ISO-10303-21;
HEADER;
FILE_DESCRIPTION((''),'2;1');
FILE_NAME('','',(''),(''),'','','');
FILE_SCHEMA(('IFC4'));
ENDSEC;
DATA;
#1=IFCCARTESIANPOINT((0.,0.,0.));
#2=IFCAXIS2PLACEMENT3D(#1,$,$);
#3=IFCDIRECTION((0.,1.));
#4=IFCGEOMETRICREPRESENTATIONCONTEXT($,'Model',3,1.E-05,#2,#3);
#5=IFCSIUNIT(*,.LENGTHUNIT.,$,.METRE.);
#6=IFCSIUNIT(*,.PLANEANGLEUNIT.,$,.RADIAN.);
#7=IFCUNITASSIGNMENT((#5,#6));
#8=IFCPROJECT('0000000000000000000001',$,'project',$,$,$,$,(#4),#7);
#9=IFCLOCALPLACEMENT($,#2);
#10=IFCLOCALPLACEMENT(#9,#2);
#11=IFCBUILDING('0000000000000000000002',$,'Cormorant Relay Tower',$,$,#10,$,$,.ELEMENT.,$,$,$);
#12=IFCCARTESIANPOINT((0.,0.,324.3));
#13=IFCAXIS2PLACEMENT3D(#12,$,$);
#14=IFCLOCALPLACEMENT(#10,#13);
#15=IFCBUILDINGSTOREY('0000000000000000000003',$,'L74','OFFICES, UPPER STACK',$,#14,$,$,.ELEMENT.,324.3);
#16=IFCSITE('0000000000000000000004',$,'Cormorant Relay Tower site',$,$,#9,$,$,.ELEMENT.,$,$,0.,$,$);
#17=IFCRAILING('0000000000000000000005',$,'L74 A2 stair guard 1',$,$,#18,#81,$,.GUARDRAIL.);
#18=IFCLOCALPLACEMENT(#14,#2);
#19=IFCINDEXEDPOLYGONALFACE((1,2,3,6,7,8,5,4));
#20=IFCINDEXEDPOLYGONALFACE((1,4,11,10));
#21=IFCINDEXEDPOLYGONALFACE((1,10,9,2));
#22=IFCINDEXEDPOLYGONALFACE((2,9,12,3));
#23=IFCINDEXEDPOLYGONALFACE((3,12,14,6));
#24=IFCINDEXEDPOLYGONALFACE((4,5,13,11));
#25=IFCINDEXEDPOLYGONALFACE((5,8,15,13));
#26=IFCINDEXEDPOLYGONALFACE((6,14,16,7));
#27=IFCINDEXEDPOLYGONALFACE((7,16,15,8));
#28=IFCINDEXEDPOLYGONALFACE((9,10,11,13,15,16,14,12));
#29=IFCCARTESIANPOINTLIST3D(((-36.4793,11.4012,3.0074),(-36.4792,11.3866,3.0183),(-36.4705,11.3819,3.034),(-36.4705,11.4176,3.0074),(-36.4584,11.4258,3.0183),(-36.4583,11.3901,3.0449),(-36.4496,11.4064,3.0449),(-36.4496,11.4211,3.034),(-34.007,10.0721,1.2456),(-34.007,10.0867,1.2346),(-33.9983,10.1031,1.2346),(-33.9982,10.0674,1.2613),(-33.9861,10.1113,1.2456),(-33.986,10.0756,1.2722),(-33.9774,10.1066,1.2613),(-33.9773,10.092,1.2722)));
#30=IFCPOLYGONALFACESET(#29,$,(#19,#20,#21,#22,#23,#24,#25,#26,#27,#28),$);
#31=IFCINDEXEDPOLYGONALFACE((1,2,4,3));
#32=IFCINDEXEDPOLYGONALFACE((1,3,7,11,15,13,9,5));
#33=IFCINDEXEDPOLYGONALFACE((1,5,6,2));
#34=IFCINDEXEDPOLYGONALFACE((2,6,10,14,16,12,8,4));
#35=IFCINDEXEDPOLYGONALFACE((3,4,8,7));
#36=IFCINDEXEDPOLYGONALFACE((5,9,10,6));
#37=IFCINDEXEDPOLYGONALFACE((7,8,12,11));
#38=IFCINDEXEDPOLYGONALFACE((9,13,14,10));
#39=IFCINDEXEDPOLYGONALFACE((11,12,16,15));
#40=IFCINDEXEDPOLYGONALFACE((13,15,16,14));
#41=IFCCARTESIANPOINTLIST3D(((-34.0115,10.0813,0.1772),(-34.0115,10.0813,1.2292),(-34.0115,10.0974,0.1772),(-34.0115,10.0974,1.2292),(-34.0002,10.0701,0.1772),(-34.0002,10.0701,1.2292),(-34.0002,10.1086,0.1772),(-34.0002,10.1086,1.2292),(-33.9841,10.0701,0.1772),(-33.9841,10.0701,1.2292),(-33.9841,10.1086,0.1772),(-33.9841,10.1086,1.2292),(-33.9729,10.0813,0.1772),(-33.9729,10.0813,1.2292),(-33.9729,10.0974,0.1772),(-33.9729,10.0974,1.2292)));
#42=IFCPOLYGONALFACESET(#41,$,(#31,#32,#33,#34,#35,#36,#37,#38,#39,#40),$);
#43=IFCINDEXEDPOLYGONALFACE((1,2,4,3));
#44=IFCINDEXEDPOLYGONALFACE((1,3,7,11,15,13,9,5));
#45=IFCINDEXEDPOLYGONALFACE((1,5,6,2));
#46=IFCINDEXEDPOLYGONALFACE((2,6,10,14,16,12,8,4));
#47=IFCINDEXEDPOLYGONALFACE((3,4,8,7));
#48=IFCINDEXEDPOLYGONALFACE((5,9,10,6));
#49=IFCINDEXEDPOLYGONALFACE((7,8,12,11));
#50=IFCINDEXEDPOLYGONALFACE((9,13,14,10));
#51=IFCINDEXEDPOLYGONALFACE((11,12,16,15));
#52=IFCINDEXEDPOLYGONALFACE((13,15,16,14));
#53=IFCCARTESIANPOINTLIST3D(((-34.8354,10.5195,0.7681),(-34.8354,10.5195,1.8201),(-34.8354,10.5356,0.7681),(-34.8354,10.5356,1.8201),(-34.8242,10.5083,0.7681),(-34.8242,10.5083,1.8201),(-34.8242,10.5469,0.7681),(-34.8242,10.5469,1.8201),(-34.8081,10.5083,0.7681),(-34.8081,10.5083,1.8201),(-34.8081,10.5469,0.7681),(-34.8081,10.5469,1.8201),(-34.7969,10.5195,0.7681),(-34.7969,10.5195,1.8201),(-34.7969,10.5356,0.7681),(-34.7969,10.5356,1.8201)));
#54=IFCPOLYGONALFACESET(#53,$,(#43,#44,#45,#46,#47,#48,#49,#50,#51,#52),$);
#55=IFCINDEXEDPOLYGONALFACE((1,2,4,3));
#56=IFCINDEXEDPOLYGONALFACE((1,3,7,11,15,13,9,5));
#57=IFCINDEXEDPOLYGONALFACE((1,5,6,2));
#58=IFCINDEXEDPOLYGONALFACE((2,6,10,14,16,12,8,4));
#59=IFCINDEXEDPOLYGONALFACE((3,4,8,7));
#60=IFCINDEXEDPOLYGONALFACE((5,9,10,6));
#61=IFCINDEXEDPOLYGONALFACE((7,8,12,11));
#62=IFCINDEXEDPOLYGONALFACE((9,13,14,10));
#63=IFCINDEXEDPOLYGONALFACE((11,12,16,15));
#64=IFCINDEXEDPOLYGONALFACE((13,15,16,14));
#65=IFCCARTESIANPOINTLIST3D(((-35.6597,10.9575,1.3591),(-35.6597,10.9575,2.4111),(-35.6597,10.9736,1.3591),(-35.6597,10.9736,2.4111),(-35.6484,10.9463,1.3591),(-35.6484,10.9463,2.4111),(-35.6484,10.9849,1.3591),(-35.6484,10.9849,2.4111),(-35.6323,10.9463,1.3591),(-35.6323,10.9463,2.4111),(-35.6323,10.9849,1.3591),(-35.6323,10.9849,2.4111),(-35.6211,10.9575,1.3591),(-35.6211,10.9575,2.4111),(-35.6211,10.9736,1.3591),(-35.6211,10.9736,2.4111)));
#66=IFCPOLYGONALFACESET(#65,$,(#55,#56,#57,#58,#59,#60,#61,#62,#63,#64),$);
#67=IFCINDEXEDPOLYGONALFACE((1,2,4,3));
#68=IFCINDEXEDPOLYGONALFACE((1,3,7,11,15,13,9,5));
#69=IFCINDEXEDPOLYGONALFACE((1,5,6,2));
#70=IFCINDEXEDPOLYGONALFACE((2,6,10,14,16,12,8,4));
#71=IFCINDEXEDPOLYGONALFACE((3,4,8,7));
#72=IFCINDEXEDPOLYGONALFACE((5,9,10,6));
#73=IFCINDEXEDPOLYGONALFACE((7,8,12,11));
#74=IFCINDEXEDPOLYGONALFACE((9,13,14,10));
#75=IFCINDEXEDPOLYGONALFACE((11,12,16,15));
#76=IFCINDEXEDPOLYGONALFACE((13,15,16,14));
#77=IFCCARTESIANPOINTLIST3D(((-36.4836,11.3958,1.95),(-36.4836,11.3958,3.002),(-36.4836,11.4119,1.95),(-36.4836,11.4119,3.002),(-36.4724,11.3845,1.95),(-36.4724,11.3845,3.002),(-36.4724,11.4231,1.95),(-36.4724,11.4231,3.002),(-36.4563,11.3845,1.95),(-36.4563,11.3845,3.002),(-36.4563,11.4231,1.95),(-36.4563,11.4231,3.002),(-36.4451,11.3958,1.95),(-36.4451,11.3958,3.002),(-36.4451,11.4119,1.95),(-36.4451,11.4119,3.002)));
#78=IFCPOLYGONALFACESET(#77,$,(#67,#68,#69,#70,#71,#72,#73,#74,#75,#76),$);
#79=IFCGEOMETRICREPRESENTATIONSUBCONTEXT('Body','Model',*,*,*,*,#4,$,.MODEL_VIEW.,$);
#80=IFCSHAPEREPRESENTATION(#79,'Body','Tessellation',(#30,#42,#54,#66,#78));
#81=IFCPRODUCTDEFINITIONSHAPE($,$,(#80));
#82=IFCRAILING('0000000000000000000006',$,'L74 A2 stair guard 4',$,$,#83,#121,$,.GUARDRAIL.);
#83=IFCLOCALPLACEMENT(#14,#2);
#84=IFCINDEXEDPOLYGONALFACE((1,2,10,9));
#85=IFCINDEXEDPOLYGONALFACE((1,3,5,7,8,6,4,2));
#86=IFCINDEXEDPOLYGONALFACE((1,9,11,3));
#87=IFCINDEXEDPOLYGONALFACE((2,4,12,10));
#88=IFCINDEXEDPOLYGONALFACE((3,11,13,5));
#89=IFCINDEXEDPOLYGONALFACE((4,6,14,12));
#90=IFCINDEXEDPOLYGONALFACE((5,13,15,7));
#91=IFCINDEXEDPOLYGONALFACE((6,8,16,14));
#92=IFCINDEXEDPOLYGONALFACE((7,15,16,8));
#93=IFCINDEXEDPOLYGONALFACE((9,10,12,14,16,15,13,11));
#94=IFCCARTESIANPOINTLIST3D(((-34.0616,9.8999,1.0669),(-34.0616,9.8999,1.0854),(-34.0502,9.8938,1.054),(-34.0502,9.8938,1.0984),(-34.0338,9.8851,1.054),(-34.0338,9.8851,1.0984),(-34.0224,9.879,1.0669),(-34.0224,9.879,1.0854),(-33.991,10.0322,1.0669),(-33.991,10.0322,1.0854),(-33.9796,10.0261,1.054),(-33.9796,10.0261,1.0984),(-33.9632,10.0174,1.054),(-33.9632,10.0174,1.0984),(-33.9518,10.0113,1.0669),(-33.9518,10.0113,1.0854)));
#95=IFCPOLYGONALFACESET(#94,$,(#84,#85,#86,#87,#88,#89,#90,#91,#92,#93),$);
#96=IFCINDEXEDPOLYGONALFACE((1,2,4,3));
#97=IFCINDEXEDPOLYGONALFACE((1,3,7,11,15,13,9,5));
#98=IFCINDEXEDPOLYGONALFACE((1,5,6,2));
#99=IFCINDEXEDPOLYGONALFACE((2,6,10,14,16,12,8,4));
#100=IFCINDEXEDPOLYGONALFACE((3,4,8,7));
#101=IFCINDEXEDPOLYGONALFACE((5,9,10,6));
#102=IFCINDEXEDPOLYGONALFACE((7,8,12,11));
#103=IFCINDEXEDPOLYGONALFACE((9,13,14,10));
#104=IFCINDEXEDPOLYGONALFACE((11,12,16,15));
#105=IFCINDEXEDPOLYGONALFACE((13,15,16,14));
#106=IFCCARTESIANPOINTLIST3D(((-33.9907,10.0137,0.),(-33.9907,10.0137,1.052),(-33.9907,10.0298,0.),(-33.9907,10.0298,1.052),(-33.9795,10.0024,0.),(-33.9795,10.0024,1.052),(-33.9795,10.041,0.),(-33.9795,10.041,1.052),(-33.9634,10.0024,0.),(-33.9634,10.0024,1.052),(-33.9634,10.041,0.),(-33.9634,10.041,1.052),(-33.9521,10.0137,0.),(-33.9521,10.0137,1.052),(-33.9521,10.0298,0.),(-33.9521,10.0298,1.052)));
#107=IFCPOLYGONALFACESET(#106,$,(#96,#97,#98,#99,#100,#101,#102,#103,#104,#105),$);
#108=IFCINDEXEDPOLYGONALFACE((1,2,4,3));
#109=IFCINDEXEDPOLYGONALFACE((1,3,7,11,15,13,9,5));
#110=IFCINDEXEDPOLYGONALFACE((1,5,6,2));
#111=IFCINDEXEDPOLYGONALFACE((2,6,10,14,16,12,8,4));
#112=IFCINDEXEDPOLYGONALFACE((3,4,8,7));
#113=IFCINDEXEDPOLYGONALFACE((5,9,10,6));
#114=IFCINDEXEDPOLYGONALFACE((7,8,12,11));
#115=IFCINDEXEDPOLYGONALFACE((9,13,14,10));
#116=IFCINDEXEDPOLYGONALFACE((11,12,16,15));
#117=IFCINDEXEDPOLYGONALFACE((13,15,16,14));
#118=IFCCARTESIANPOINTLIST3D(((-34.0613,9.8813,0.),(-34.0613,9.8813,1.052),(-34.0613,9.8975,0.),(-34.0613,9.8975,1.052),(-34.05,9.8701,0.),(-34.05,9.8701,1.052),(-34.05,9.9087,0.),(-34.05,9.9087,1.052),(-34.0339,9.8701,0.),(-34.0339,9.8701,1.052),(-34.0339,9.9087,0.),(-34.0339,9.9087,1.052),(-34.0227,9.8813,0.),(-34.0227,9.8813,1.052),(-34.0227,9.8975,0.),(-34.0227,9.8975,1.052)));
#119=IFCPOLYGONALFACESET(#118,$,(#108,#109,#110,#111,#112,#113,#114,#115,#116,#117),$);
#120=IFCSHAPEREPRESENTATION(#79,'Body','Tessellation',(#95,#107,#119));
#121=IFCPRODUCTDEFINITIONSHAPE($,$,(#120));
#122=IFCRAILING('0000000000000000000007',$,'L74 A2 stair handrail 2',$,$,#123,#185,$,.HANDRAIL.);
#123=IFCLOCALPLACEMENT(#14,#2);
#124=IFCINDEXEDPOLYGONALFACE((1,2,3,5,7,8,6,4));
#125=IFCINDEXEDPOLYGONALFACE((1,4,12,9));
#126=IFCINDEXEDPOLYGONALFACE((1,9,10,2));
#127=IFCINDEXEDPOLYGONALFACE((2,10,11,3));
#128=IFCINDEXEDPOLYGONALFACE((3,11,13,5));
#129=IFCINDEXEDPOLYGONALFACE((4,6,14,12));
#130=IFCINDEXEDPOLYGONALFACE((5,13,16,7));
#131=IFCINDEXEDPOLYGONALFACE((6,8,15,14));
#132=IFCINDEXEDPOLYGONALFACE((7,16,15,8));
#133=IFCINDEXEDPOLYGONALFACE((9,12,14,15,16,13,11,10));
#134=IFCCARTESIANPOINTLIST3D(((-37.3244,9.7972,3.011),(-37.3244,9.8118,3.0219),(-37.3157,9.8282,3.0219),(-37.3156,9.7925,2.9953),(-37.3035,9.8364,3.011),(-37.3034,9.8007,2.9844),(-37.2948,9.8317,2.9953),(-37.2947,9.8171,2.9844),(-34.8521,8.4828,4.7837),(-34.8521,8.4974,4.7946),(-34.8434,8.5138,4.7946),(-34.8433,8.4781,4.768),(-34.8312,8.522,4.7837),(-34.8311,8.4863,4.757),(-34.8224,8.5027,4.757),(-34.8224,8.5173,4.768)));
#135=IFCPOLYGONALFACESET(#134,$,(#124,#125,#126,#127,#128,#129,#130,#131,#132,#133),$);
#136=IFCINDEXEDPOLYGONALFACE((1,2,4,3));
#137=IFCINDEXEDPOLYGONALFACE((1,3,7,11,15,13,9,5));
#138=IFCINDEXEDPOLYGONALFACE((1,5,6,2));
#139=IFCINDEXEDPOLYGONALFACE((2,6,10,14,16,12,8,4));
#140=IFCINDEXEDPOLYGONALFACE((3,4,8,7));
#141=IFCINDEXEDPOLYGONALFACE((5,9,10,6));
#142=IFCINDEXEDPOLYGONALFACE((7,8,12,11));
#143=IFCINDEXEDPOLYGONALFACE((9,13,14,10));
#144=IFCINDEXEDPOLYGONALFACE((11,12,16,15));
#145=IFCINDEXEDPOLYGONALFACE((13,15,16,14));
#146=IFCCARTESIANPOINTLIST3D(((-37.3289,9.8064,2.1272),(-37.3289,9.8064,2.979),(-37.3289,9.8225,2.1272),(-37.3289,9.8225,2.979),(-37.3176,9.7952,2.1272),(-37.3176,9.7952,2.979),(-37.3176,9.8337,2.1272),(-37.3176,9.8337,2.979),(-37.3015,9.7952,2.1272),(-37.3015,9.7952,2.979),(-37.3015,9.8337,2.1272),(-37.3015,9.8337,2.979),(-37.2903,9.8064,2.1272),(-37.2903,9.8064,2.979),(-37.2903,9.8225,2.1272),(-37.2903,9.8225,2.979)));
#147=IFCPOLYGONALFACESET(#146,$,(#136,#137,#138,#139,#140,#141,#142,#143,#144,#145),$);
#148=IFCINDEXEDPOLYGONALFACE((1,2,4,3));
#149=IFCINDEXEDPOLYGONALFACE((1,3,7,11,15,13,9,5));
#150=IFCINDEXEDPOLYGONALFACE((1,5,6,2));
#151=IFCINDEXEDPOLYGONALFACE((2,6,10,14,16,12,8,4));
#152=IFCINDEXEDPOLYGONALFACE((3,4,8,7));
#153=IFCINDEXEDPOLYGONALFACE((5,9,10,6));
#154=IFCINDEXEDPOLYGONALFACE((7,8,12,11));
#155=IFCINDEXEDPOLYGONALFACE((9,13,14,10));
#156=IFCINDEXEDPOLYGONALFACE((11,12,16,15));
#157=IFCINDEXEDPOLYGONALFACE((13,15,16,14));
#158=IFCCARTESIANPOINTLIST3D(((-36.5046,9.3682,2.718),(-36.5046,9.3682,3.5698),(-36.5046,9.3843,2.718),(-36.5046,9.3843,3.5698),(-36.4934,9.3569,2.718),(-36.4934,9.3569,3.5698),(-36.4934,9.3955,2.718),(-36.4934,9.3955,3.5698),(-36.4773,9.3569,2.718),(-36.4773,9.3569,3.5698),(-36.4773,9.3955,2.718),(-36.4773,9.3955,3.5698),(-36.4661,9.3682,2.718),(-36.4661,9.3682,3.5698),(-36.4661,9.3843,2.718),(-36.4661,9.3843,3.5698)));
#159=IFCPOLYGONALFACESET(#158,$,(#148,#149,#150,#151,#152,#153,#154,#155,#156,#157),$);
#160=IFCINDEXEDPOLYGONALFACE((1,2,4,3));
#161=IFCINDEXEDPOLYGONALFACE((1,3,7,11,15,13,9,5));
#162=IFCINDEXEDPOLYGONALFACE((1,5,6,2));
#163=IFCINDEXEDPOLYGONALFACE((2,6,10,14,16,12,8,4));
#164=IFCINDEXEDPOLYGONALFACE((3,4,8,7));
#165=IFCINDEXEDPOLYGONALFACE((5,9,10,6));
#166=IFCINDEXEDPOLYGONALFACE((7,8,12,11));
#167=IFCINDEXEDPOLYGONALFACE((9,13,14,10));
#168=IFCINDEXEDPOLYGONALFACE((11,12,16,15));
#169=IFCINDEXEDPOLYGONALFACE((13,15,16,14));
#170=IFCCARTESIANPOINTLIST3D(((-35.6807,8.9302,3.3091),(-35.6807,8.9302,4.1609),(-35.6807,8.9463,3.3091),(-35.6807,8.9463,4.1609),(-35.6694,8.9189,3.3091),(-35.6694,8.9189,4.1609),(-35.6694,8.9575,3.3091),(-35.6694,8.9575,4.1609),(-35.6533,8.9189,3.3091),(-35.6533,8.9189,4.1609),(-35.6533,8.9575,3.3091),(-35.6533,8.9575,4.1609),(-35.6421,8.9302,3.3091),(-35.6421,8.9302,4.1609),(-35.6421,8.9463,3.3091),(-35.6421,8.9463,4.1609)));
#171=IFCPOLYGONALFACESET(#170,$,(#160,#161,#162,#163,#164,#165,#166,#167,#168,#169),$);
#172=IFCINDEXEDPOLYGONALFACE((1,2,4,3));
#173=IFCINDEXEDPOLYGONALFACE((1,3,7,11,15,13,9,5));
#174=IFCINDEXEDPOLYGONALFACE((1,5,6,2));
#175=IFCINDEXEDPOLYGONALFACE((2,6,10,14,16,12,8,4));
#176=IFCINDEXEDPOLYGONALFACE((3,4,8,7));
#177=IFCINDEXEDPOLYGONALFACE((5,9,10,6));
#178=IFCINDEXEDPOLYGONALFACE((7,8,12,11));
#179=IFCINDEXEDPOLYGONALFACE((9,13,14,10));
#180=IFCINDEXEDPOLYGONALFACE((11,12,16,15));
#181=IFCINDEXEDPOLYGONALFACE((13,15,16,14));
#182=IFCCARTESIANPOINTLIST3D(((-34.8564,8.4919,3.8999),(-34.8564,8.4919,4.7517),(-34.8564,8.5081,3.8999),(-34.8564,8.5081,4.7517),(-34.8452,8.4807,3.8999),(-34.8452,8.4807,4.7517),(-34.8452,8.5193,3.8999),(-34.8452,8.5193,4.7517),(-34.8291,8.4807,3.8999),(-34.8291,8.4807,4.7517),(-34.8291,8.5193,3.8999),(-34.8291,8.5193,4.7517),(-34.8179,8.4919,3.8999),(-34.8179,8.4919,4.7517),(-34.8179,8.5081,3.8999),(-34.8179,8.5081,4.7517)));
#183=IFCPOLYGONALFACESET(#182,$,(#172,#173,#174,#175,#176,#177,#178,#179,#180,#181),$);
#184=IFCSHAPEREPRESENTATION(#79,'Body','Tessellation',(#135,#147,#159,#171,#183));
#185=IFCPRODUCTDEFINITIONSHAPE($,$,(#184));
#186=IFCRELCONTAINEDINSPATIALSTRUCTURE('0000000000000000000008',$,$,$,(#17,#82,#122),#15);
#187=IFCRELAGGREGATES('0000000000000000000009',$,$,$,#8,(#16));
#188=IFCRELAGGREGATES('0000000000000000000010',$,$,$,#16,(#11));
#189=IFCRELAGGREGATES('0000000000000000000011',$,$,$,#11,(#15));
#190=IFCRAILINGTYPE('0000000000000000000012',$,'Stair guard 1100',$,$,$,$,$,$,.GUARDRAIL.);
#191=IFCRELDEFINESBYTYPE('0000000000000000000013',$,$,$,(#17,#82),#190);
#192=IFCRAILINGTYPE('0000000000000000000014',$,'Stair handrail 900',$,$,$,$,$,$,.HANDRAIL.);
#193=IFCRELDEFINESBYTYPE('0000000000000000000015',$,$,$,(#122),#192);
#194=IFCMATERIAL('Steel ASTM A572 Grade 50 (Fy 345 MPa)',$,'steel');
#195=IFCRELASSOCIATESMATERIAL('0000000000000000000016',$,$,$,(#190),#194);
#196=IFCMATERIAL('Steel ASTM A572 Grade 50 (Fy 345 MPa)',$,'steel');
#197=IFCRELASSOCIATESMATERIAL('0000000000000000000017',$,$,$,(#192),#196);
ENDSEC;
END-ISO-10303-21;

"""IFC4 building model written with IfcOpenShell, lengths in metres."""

from ifc_helpers import new_model, si_unit, direction, frame, origin, place, context, subcontext, project, spatial, polyline, outline, extrude, material, type_object, element, save


model = new_model("IFC4")

# Units and contexts
model_context = context("Model", 3, precision=1e-05, world=origin(), true_north=direction((0.0, 1.0)))
body_context = subcontext(model_context, "Body", "Model", "MODEL_VIEW")
ifc_project = project(units=[si_unit("LENGTHUNIT", "METRE"), si_unit("PLANEANGLEUNIT", "RADIAN")], contexts=[model_context])

# Site, building, storey
site_placement = place(None, origin())
site = spatial("IfcSite", under=ifc_project, at=site_placement, Name="Cormorant Relay Tower site", CompositionType="ELEMENT", RefElevation=0.0)
building_placement = place(site_placement, origin())
building = spatial("IfcBuilding", under=site, at=building_placement, Name="Cormorant Relay Tower", CompositionType="ELEMENT")
storey_placement = place(building_placement, frame((0.0, 0.0, 324.3)))
storey = spatial("IfcBuildingStorey", under=building, at=storey_placement, Name="L74", Description="OFFICES, UPPER STACK", CompositionType="ELEMENT", Elevation=324.3)

# Railings
ifc_material_1 = material(Name="Steel ASTM A572 Grade 50 (Fy 345 MPa)", Category="steel")
railing_type_1 = type_object("IfcRailingType", Name="Stair guard 1100", PredefinedType="GUARDRAIL", material=ifc_material_1)
railing_1_placement = place(storey_placement, frame((-33.9922, 10.0894, 0.1772)))
element("IfcRailing", 1, at=railing_1_placement, inside=storey, type_object=railing_type_1, Name="L74 A2 stair guard 1", PredefinedType="GUARDRAIL", context=body_context, shape_type="SweptSolid", body=[
    extrude(outline(polyline([(0.0222, 0.0093), (0.0093, 0.0222), (-0.0093, 0.0222), (-0.0222, 0.0093), (-0.0222, -0.0093), (-0.0093, -0.0222), (0.0093, -0.0222), (0.0222, -0.0093), (0.0222, 0.0093)])), frame((0.0, 0.0, 1.0762), z_axis=(-0.746001, 0.396649, 0.534931), x_axis=(-0.469465, -0.882951, 0.0)), (0.0, 0.0, 1.0), 3.314),
    extrude(outline(polyline([(0.0193, 0.0081), (0.0081, 0.0193), (-0.0081, 0.0193), (-0.0193, 0.0081), (-0.0193, -0.0081), (-0.0081, -0.0193), (0.0081, -0.0193), (0.0193, -0.0081), (0.0193, 0.0081)])), origin(), (0.0, 0.0, 1.0), 1.052),
    extrude(outline(polyline([(0.0193, 0.0081), (0.0081, 0.0193), (-0.0081, 0.0193), (-0.0193, 0.0081), (-0.0193, -0.0081), (-0.0081, -0.0193), (0.0081, -0.0193), (0.0193, -0.0081), (0.0193, 0.0081)])), frame((-0.824, 0.4382, 0.5908)), (0.0, 0.0, 1.0), 1.052),
    extrude(outline(polyline([(0.0193, 0.0081), (0.0081, 0.0193), (-0.0081, 0.0193), (-0.0193, 0.0081), (-0.0193, -0.0081), (-0.0081, -0.0193), (0.0081, -0.0193), (0.0193, -0.0081), (0.0193, 0.0081)])), frame((-1.6482, 0.8762, 1.1819)), (0.0, 0.0, 1.0), 1.052),
    extrude(outline(polyline([(0.0193, 0.0081), (0.0081, 0.0193), (-0.0081, 0.0193), (-0.0193, 0.0081), (-0.0193, -0.0081), (-0.0081, -0.0193), (0.0081, -0.0193), (0.0193, -0.0081), (0.0193, 0.0081)])), frame((-2.4722, 1.3145, 1.7727)), (0.0, 0.0, 1.0), 1.052),
])
railing_2_placement = place(storey_placement, frame((-33.9714, 10.0217, 0.0)))
element("IfcRailing", 2, at=railing_2_placement, inside=storey, type_object=railing_type_1, Name="L74 A2 stair guard 4", PredefinedType="GUARDRAIL", context=body_context, shape_type="SweptSolid", body=[
    extrude(outline(polyline([(0.0222, 0.0093), (0.0093, 0.0222), (-0.0093, 0.0222), (-0.0222, 0.0093), (-0.0222, -0.0093), (-0.0093, -0.0222), (0.0093, -0.0222), (0.0222, -0.0093), (0.0222, 0.0093)])), frame((0.0, 0.0, 1.0762), z_axis=(-0.470504, -0.882398, 0.0), x_axis=(0.882398, -0.470504, 0.0)), (0.0, 0.0, 1.0), 0.1499),
    extrude(outline(polyline([(0.0193, 0.0081), (0.0081, 0.0193), (-0.0081, 0.0193), (-0.0193, 0.0081), (-0.0193, -0.0081), (-0.0081, -0.0193), (0.0081, -0.0193), (0.0193, -0.0081), (0.0193, 0.0081)])), origin(), (0.0, 0.0, 1.0), 1.052),
    extrude(outline(polyline([(0.0193, 0.0081), (0.0081, 0.0193), (-0.0081, 0.0193), (-0.0193, 0.0081), (-0.0193, -0.0081), (-0.0081, -0.0193), (0.0081, -0.0193), (0.0193, -0.0081), (0.0193, 0.0081)])), frame((-0.0706, -0.1323, 0.0)), (0.0, 0.0, 1.0), 1.052),
])
ifc_material_2 = material(Name="Steel ASTM A572 Grade 50 (Fy 345 MPa)", Category="steel")
railing_type_2 = type_object("IfcRailingType", Name="Stair handrail 900", PredefinedType="HANDRAIL", material=ifc_material_2)
railing_3_placement = place(storey_placement, frame((-37.3096, 9.8145, 2.1272)))
element("IfcRailing", 3, at=railing_3_placement, inside=storey, type_object=railing_type_2, Name="L74 A2 stair handrail 2", PredefinedType="HANDRAIL", context=body_context, shape_type="SweptSolid", body=[
    extrude(outline(polyline([(0.0222, 0.0093), (0.0093, 0.0222), (-0.0093, 0.0222), (-0.0222, 0.0093), (-0.0222, -0.0093), (-0.0093, -0.0222), (0.0093, -0.0222), (0.0222, -0.0093), (0.0222, 0.0093)])), frame((0.0, 0.0, 0.876), z_axis=(0.746034, -0.396627, 0.534902), x_axis=(0.469429, 0.88297, 0.0)), (0.0, 0.0, 1.0), 3.314),
    extrude(outline(polyline([(0.0193, 0.0081), (0.0081, 0.0193), (-0.0081, 0.0193), (-0.0193, 0.0081), (-0.0193, -0.0081), (-0.0081, -0.0193), (0.0081, -0.0193), (0.0193, -0.0081), (0.0193, 0.0081)])), origin(), (0.0, 0.0, 1.0), 0.8518),
    extrude(outline(polyline([(0.0193, 0.0081), (0.0081, 0.0193), (-0.0081, 0.0193), (-0.0193, 0.0081), (-0.0193, -0.0081), (-0.0081, -0.0193), (0.0081, -0.0193), (0.0193, -0.0081), (0.0193, 0.0081)])), frame((0.8242, -0.4382, 0.5908)), (0.0, 0.0, 1.0), 0.8518),
    extrude(outline(polyline([(0.0193, 0.0081), (0.0081, 0.0193), (-0.0081, 0.0193), (-0.0193, 0.0081), (-0.0193, -0.0081), (-0.0081, -0.0193), (0.0081, -0.0193), (0.0193, -0.0081), (0.0193, 0.0081)])), frame((1.6482, -0.8762, 1.1819)), (0.0, 0.0, 1.0), 0.8518),
    extrude(outline(polyline([(0.0193, 0.0081), (0.0081, 0.0193), (-0.0081, 0.0193), (-0.0193, 0.0081), (-0.0193, -0.0081), (-0.0081, -0.0193), (0.0081, -0.0193), (0.0193, -0.0081), (0.0193, 0.0081)])), frame((2.4724, -1.3145, 1.7727)), (0.0, 0.0, 1.0), 0.8518),
])

save(model, "model.ifc")
